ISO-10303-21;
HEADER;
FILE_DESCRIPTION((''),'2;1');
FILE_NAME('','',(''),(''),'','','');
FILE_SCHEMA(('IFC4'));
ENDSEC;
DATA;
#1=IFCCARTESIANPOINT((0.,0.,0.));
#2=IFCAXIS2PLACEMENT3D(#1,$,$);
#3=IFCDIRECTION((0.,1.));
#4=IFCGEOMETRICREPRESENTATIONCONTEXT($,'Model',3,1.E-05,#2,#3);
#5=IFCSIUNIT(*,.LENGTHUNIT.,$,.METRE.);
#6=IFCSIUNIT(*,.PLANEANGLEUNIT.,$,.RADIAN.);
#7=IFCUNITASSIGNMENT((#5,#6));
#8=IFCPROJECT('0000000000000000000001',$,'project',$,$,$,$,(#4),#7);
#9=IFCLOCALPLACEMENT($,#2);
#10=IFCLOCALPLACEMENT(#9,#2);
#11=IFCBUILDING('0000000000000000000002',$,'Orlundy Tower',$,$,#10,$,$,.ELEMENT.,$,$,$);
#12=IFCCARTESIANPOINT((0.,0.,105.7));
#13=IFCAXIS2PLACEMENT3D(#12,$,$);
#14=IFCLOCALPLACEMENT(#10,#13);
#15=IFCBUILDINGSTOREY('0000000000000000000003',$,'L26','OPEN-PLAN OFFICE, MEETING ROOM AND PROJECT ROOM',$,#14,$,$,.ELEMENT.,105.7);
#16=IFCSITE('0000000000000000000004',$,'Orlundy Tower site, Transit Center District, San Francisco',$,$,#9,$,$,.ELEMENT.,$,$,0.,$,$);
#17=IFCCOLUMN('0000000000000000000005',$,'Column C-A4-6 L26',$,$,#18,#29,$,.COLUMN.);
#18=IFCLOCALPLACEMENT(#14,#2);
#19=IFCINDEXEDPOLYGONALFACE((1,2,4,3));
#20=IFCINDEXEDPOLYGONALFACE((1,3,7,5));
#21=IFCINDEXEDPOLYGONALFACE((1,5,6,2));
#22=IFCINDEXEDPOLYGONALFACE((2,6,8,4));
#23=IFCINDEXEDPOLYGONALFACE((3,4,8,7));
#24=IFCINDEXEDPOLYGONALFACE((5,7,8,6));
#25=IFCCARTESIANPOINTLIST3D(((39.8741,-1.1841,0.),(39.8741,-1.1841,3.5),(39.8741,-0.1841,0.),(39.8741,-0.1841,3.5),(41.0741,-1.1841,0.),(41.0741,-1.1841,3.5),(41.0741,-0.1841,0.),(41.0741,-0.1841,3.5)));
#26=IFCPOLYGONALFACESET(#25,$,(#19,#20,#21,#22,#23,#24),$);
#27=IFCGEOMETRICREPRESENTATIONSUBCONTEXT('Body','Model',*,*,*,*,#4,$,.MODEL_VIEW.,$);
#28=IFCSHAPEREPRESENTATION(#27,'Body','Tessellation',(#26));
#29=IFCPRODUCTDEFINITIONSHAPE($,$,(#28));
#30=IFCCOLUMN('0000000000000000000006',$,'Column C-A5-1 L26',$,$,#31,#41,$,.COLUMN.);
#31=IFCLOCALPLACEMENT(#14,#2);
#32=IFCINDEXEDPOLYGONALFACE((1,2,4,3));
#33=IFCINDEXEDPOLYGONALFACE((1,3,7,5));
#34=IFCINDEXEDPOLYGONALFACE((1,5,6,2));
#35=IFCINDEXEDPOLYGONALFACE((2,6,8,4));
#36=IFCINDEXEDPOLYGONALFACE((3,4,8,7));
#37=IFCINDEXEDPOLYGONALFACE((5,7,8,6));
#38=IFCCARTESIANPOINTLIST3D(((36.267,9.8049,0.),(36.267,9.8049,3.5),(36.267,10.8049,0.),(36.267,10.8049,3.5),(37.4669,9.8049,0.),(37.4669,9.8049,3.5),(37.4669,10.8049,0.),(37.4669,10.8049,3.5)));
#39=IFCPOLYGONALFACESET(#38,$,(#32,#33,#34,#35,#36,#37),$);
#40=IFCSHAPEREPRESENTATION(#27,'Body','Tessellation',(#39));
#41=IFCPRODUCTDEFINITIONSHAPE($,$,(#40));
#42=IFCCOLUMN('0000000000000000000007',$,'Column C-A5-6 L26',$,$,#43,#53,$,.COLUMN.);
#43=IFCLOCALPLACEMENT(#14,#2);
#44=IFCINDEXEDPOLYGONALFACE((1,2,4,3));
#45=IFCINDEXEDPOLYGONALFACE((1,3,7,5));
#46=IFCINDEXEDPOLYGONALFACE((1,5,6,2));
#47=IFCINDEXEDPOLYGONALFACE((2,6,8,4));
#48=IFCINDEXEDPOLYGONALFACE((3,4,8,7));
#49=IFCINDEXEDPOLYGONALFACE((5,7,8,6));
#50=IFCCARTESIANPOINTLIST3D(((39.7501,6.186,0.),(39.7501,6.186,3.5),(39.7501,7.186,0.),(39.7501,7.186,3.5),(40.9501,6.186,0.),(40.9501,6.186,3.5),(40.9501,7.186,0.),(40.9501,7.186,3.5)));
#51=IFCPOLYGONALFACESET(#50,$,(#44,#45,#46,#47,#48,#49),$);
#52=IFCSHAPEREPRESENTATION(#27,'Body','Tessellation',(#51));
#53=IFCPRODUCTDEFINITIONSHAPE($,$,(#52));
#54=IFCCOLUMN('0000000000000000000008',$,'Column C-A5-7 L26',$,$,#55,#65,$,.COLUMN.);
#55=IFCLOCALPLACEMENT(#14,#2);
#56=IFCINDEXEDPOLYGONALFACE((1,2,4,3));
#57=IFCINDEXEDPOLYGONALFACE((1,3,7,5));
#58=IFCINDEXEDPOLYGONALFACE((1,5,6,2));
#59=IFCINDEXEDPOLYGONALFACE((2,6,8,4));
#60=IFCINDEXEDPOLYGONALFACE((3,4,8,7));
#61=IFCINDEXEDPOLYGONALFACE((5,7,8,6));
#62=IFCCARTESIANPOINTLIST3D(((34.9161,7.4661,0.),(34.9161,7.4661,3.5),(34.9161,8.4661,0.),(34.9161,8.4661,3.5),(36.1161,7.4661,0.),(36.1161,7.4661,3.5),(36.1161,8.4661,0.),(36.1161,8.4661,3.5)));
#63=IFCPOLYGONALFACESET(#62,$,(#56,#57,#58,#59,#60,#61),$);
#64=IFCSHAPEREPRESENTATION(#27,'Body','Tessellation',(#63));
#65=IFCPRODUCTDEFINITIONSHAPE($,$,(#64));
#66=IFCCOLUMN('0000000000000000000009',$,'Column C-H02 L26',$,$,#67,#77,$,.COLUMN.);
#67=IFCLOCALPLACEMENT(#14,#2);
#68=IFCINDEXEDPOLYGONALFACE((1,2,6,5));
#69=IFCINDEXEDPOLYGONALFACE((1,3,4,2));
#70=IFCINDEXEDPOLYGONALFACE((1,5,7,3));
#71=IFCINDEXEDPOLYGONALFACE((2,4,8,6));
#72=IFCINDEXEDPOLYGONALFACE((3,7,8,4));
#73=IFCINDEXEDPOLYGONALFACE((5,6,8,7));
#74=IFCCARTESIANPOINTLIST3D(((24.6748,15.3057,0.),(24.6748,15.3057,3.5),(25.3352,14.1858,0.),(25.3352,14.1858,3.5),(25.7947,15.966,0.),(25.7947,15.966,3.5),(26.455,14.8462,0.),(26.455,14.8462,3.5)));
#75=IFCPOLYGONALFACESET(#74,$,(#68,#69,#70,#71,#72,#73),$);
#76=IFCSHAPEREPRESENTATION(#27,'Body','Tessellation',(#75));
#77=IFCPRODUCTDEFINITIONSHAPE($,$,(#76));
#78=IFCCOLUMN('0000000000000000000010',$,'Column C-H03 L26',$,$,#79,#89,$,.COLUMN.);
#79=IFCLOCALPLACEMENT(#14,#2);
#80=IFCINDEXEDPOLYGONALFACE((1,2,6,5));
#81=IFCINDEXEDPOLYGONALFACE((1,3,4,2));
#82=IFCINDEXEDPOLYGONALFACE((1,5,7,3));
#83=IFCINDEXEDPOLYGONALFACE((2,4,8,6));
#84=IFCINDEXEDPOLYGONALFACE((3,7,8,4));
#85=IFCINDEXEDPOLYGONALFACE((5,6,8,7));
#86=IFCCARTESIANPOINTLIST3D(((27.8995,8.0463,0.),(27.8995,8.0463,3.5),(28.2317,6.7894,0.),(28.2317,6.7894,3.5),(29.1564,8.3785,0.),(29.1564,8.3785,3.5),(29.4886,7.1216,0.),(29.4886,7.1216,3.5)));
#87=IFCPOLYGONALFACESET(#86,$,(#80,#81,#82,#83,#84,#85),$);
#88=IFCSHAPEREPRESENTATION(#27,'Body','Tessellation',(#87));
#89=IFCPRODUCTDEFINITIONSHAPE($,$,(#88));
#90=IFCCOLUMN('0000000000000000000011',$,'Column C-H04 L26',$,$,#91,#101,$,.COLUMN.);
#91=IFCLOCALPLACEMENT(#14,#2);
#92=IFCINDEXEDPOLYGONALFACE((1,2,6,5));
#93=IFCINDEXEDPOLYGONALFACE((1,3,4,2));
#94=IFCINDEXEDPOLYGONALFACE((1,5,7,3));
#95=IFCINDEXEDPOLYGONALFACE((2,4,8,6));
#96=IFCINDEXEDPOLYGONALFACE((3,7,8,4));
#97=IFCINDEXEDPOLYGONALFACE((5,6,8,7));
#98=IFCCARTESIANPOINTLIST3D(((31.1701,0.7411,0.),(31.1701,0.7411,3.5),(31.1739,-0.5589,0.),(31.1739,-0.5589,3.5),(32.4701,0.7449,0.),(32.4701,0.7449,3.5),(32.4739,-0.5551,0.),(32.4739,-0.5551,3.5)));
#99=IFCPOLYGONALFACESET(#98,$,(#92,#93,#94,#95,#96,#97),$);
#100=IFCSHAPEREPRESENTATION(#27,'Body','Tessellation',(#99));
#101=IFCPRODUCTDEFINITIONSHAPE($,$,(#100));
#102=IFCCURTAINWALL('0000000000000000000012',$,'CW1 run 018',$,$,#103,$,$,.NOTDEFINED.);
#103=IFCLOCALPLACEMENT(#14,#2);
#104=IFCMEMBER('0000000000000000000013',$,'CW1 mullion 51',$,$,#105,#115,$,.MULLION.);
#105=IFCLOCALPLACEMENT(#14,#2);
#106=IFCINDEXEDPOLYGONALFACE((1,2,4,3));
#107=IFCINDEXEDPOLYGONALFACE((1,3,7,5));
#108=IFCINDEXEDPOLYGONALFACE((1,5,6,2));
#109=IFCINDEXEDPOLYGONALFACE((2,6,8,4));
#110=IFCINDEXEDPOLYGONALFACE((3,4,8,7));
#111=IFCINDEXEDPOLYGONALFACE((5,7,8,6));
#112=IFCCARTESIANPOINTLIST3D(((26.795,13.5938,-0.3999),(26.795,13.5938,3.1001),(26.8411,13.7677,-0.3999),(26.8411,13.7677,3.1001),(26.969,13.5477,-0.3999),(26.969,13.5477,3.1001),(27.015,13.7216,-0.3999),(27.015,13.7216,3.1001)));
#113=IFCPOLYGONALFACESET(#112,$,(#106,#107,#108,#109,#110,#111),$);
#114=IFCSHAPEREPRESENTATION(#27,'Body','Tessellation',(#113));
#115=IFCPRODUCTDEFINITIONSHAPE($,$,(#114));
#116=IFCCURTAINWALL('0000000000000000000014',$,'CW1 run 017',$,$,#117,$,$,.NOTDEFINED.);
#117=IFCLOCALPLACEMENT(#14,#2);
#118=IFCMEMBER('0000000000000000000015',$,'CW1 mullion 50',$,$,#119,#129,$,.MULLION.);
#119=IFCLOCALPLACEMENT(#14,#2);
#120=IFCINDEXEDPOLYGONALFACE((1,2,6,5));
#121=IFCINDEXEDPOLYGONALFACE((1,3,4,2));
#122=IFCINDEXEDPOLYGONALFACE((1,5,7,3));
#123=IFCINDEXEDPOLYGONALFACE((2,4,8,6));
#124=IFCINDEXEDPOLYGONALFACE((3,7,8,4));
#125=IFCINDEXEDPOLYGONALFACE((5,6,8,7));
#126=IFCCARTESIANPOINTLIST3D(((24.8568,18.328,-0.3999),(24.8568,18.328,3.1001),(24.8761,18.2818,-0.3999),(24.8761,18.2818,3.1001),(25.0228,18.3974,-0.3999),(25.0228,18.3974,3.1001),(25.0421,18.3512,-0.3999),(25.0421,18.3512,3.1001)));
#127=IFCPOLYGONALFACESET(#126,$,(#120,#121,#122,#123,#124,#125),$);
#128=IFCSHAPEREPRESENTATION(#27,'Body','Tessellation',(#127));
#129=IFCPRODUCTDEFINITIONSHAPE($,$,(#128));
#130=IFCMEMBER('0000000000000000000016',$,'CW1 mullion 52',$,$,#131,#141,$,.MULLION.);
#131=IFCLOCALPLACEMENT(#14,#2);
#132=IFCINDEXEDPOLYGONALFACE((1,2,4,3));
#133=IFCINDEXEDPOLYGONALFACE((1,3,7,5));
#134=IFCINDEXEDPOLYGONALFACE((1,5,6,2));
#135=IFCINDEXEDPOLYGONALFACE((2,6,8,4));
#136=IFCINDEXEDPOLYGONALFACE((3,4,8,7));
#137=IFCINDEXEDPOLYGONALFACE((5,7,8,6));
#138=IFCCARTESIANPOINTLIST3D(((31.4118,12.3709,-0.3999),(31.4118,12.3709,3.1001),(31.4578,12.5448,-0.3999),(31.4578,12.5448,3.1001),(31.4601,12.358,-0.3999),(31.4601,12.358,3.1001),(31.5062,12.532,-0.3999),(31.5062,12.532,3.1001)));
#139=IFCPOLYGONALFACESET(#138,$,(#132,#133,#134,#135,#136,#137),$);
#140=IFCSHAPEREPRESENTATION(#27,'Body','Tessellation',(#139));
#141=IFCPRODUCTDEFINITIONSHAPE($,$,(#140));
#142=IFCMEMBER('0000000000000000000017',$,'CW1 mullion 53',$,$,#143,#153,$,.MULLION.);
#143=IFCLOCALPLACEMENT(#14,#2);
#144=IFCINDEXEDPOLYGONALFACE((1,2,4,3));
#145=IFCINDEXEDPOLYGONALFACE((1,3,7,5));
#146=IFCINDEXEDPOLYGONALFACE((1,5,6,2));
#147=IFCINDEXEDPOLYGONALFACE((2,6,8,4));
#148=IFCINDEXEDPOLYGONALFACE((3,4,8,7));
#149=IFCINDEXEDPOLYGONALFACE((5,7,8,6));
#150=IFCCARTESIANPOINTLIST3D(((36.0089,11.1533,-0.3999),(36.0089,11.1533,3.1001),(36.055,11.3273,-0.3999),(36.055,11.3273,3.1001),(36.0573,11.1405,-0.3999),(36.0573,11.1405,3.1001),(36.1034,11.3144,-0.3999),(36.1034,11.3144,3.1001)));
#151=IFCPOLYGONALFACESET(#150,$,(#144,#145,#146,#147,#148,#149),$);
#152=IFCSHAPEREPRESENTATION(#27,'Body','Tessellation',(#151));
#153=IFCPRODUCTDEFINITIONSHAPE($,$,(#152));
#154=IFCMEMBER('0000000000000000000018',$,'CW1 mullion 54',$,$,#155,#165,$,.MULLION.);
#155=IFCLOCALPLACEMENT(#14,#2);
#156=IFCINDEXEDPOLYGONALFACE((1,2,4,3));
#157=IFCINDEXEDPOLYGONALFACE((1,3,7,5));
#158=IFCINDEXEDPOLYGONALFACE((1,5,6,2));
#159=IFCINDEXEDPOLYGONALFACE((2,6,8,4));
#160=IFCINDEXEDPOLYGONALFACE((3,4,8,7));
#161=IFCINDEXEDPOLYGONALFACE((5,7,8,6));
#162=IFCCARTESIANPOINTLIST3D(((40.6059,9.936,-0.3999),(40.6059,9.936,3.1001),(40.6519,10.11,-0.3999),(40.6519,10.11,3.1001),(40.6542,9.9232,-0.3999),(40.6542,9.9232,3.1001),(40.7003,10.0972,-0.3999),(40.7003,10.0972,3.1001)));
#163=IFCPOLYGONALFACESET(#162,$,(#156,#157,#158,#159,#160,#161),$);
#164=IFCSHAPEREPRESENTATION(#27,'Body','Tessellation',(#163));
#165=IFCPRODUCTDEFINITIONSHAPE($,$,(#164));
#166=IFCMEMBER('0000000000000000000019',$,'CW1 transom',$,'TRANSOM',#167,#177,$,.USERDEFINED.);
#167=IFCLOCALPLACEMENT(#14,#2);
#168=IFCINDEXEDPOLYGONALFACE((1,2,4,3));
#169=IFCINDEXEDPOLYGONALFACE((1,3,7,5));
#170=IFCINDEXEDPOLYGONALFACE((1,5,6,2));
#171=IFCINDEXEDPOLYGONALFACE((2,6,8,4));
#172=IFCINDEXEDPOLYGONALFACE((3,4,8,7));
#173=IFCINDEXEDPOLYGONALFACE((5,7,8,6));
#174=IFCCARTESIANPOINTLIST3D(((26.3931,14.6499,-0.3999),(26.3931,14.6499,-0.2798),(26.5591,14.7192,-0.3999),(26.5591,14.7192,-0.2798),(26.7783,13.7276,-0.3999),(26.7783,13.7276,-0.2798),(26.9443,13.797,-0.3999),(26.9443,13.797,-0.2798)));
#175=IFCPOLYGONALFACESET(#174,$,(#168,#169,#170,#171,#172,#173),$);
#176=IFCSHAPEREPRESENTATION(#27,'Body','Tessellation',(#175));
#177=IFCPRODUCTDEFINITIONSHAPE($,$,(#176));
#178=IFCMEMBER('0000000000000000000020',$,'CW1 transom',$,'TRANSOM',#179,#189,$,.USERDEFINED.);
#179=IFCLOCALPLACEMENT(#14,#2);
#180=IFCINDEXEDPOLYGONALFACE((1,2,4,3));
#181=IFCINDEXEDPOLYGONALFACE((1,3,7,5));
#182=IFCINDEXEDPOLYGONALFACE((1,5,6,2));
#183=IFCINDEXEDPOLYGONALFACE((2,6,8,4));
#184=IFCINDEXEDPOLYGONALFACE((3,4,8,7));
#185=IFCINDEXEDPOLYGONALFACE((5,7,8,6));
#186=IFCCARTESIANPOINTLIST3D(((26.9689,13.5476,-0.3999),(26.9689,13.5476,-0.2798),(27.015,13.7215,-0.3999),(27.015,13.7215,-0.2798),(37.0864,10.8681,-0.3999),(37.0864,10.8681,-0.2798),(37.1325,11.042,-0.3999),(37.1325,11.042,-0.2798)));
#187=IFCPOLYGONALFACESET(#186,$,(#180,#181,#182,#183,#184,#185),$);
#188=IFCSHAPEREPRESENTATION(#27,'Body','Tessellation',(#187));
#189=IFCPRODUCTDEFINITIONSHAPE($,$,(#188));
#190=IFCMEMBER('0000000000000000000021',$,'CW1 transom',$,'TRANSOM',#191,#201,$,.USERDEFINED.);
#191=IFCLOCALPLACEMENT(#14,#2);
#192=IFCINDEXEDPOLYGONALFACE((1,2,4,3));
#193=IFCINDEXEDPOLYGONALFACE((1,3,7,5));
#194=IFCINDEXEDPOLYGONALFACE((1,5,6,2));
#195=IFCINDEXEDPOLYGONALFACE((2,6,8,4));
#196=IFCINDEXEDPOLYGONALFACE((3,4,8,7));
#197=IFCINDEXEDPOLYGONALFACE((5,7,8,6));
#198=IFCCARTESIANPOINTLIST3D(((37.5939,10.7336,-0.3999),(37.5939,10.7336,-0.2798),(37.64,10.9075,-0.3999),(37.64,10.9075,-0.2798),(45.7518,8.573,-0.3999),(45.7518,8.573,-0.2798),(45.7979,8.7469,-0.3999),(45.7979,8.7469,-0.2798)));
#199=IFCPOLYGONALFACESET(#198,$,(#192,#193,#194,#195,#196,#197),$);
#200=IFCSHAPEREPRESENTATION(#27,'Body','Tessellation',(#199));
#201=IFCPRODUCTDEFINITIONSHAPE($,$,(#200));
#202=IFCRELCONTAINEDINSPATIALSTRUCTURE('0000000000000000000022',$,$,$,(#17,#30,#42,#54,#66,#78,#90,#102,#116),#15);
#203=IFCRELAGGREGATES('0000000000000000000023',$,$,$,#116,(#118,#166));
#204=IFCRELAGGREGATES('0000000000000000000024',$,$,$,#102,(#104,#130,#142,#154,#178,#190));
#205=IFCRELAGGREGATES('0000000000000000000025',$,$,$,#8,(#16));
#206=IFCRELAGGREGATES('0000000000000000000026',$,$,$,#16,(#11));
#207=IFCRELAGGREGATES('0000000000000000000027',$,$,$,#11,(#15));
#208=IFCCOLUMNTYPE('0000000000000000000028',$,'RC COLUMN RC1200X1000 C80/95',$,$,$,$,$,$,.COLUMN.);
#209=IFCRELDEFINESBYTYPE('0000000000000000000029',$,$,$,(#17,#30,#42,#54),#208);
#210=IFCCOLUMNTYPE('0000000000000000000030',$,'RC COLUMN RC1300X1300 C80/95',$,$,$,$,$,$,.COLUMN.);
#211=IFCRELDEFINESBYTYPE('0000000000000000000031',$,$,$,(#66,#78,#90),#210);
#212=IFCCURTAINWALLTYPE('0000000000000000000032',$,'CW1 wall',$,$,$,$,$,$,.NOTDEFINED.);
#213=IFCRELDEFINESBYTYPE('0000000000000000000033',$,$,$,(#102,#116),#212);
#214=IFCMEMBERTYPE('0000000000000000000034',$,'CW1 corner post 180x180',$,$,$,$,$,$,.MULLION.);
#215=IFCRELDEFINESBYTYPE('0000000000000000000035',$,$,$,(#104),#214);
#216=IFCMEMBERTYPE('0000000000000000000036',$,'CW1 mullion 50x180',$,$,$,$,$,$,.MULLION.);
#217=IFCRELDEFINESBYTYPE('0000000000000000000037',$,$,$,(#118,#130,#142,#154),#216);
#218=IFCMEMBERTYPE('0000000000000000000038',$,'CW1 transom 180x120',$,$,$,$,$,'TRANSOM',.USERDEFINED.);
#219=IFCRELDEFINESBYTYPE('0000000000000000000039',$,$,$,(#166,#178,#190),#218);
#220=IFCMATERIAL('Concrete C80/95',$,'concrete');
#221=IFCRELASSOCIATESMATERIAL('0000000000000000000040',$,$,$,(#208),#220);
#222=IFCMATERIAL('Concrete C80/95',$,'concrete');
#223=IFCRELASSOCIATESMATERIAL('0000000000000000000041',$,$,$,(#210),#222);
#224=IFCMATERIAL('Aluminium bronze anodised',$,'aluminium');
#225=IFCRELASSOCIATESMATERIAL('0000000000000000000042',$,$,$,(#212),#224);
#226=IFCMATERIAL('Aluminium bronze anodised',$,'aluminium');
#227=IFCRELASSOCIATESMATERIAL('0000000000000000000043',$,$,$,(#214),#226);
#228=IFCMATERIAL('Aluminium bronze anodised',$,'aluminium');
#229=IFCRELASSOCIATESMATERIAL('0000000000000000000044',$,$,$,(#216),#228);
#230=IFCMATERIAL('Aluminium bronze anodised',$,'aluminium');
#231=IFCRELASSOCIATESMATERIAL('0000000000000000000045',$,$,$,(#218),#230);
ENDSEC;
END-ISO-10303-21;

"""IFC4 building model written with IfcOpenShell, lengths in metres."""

from ifc_helpers import new_model, si_unit, direction, frame, origin, origin_2d, place, context, subcontext, project, spatial, rectangle, extrude, material, material_profile, profile_set, type_object, element, aggregate, save


model = new_model("IFC4")

# Units and contexts
model_context = context("Model", 3, precision=1e-05, world=origin(), true_north=direction((0.0, 1.0)))
body_context = subcontext(model_context, "Body", "Model", "MODEL_VIEW")
ifc_project = project(units=[si_unit("LENGTHUNIT", "METRE"), si_unit("PLANEANGLEUNIT", "RADIAN")], contexts=[model_context])

# Site, building, storey
site_placement = place(None, origin())
site = spatial("IfcSite", under=ifc_project, at=site_placement, Name="Orlundy Tower site, Transit Center District, San Francisco", CompositionType="ELEMENT", RefElevation=0.0)
building_placement = place(site_placement, origin())
building = spatial("IfcBuilding", under=site, at=building_placement, Name="Orlundy Tower", CompositionType="ELEMENT")
storey_placement = place(building_placement, frame((0.0, 0.0, 105.7)))
storey = spatial("IfcBuildingStorey", under=building, at=storey_placement, Name="L26", Description="OPEN-PLAN OFFICE, MEETING ROOM AND PROJECT ROOM", CompositionType="ELEMENT", Elevation=105.7)

# Columns
ifc_material_1 = material(Name="Concrete C80/95", Category="concrete")
ifc_material_profile_1 = material_profile(ifc_material_1, rectangle(XDim=1.2, YDim=1.0, at=origin_2d()), Name="RC1200X1000")
ifc_profile_set_1 = profile_set([ifc_material_profile_1], Name="Concrete C80/95")
column_type_1 = type_object("IfcColumnType", Name="RC COLUMN RC1200X1000 C80/95", PredefinedType="COLUMN", material=ifc_profile_set_1)
for number, where, z_axis, x_axis, name in (
    (1, (40.4741, -0.6841, 0.0), (0.0, 0.0, 1.0), (1.0, 0.0, 0.0), "Column C-A4-6 L26"),
    (2, (36.8669, 10.3049, 0.0), (0.0, 0.0, 1.0), (1.0, 0.0, 0.0), "Column C-A5-1 L26"),
    (3, (40.3501, 6.686, 0.0), (0.0, 0.0, 1.0), (1.0, 0.0, 0.0), "Column C-A5-6 L26"),
    (4, (35.5161, 7.9661, 0.0), (0.0, 0.0, 1.0), (1.0, 0.0, 0.0), "Column C-A5-7 L26"),
):
    element("IfcColumn", number, at=place(storey_placement, frame(where, z_axis=z_axis, x_axis=x_axis)), inside=storey, type_object=column_type_1, Name=name, PredefinedType="COLUMN", context=body_context, shape_type="SweptSolid", body=[
        extrude(rectangle(XDim=1.2, YDim=1.0, at=origin_2d()), origin(), (0.0, 0.0, 1.0), 3.5),
    ])
ifc_material_2 = material(Name="Concrete C80/95", Category="concrete")
ifc_material_profile_2 = material_profile(ifc_material_2, rectangle(XDim=1.3, YDim=1.3, at=origin_2d()), Name="RC1300X1300")
ifc_profile_set_2 = profile_set([ifc_material_profile_2], Name="Concrete C80/95")
column_type_2 = type_object("IfcColumnType", Name="RC COLUMN RC1300X1300 C80/95", PredefinedType="COLUMN", material=ifc_profile_set_2)
for number, where, z_axis, x_axis, name in (
    (5, (25.5649, 15.0759, 0.0), (0.0, 0.0, 1.0), (0.861381, 0.507959, 0.0), "Column C-H02 L26"),
    (6, (28.6941, 7.584, 0.0), (0.0, 0.0, 1.0), (0.966801, 0.25553, 0.0), "Column C-H03 L26"),
    (7, (31.822, 0.093, 0.0), (0.0, 0.0, 1.0), (0.999996, 0.002915, 0.0), "Column C-H04 L26"),
):
    element("IfcColumn", number, at=place(storey_placement, frame(where, z_axis=z_axis, x_axis=x_axis)), inside=storey, type_object=column_type_2, Name=name, PredefinedType="COLUMN", context=body_context, shape_type="SweptSolid", body=[
        extrude(rectangle(XDim=1.3, YDim=1.3, at=origin_2d()), origin(), (0.0, 0.0, 1.0), 3.5),
    ])

# Curtain walls, members
ifc_material_3 = material(Name="Aluminium bronze anodised", Category="aluminium")
curtain_wall_type = type_object("IfcCurtainWallType", Name="CW1 wall", PredefinedType="NOTDEFINED", material=ifc_material_3)
curtain_wall_1_placement = place(storey_placement, origin())
curtain_wall_1 = element("IfcCurtainWall", 8, at=curtain_wall_1_placement, inside=storey, type_object=curtain_wall_type, Name="CW1 run 018", PredefinedType="NOTDEFINED")
ifc_material_4 = material(Name="Aluminium bronze anodised", Category="aluminium")
ifc_material_profile_3 = material_profile(ifc_material_4, rectangle(XDim=0.1799, YDim=0.1799, at=origin_2d()), Name="CW1 corner post 180x180")
ifc_profile_set_3 = profile_set([ifc_material_profile_3], Name="Aluminium bronze anodised")
member_type_1 = type_object("IfcMemberType", Name="CW1 corner post 180x180", PredefinedType="MULLION", material=ifc_profile_set_3)
member_1_placement = place(storey_placement, frame((26.905, 13.6577, -0.3999), z_axis=(0.0, 0.0, 1.0), x_axis=(0.25602, 0.966672, 0.0)))
member_1 = element("IfcMember", 9, at=member_1_placement, type_object=member_type_1, Name="CW1 mullion 51", PredefinedType="MULLION", context=body_context, shape_type="SweptSolid", body=[
    extrude(rectangle(XDim=0.1799, YDim=0.1799, at=origin_2d()), origin(), (0.0, 0.0, 1.0), 3.5),
])
curtain_wall_2_placement = place(storey_placement, origin())
curtain_wall_2 = element("IfcCurtainWall", 10, at=curtain_wall_2_placement, inside=storey, type_object=curtain_wall_type, Name="CW1 run 017", PredefinedType="NOTDEFINED")
ifc_material_5 = material(Name="Aluminium bronze anodised", Category="aluminium")
ifc_material_profile_4 = material_profile(ifc_material_5, rectangle(XDim=0.1799, YDim=0.05, at=origin_2d()), Name="CW1 mullion 50x180")
ifc_profile_set_4 = profile_set([ifc_material_profile_4], Name="Aluminium bronze anodised")
member_type_2 = type_object("IfcMemberType", Name="CW1 mullion 50x180", PredefinedType="MULLION", material=ifc_profile_set_4)
member_2_placement = place(storey_placement, frame((24.9495, 18.3396, -0.3999), z_axis=(0.0, 0.0, 1.0), x_axis=(0.922759, 0.385378, 0.0)))
member_2 = element("IfcMember", 11, at=member_2_placement, type_object=member_type_2, Name="CW1 mullion 50", PredefinedType="MULLION", context=body_context, shape_type="SweptSolid", body=[
    extrude(rectangle(XDim=0.1799, YDim=0.05, at=origin_2d()), origin(), (0.0, 0.0, 1.0), 3.5),
])

# Members
member_3_placement = place(storey_placement, frame((31.459, 12.4514, -0.3999), z_axis=(0.0, 0.0, 1.0), x_axis=(0.25602, 0.966672, 0.0)))
member_3 = element("IfcMember", 12, at=member_3_placement, type_object=member_type_2, Name="CW1 mullion 52", PredefinedType="MULLION", context=body_context, shape_type="SweptSolid", body=[
    extrude(rectangle(XDim=0.1799, YDim=0.05, at=origin_2d()), origin(), (0.0, 0.0, 1.0), 3.5),
])
member_4_placement = place(storey_placement, frame((36.0562, 11.2339, -0.3999), z_axis=(0.0, 0.0, 1.0), x_axis=(0.25602, 0.966672, 0.0)))
member_4 = element("IfcMember", 13, at=member_4_placement, type_object=member_type_2, Name="CW1 mullion 53", PredefinedType="MULLION", context=body_context, shape_type="SweptSolid", body=[
    extrude(rectangle(XDim=0.1799, YDim=0.05, at=origin_2d()), origin(), (0.0, 0.0, 1.0), 3.5),
])
member_5_placement = place(storey_placement, frame((40.6531, 10.0166, -0.3999), z_axis=(0.0, 0.0, 1.0), x_axis=(0.25602, 0.966672, 0.0)))
member_5 = element("IfcMember", 14, at=member_5_placement, type_object=member_type_2, Name="CW1 mullion 54", PredefinedType="MULLION", context=body_context, shape_type="SweptSolid", body=[
    extrude(rectangle(XDim=0.1799, YDim=0.05, at=origin_2d()), origin(), (0.0, 0.0, 1.0), 3.5),
])
ifc_material_6 = material(Name="Aluminium bronze anodised", Category="aluminium")
ifc_material_profile_5 = material_profile(ifc_material_6, rectangle(XDim=0.1799, YDim=0.1201, at=origin_2d()), Name="CW1 transom 180x120")
ifc_profile_set_5 = profile_set([ifc_material_profile_5], Name="Aluminium bronze anodised")
member_type_3 = type_object("IfcMemberType", Name="CW1 transom 180x120", ElementType="TRANSOM", PredefinedType="USERDEFINED", material=ifc_profile_set_5)
member_6_placement = place(storey_placement, frame((26.4761, 14.6846, -0.3398), z_axis=(0.385413, -0.922744, 0.0), x_axis=(0.922744, 0.385413, 0.0)))
member_6 = element("IfcMember", 15, at=member_6_placement, type_object=member_type_3, Name="CW1 transom", ObjectType="TRANSOM", PredefinedType="USERDEFINED", context=body_context, shape_type="SweptSolid", body=[
    extrude(rectangle(XDim=0.1799, YDim=0.1201, at=origin_2d()), origin(), (0.0, 0.0, 1.0), 0.9995),
])
member_7_placement = place(storey_placement, frame((26.9919, 13.6345, -0.3398), z_axis=(0.966675, -0.256009, 0.0), x_axis=(0.256009, 0.966675, 0.0)))
member_7 = element("IfcMember", 16, at=member_7_placement, type_object=member_type_3, Name="CW1 transom", ObjectType="TRANSOM", PredefinedType="USERDEFINED", context=body_context, shape_type="SweptSolid", body=[
    extrude(rectangle(XDim=0.1799, YDim=0.1201, at=origin_2d()), origin(), (0.0, 0.0, 1.0), 10.4663),
])
member_8_placement = place(storey_placement, frame((37.6169, 10.8206, -0.3398), z_axis=(0.96667, -0.256024, 0.0), x_axis=(0.256024, 0.96667, 0.0)))
member_8 = element("IfcMember", 17, at=member_8_placement, type_object=member_type_3, Name="CW1 transom", ObjectType="TRANSOM", PredefinedType="USERDEFINED", context=body_context, shape_type="SweptSolid", body=[
    extrude(rectangle(XDim=0.1799, YDim=0.1201, at=origin_2d()), origin(), (0.0, 0.0, 1.0), 8.4392),
])

aggregate(curtain_wall_2, [member_2, member_6])
aggregate(curtain_wall_1, [member_1, member_3, member_4, member_5, member_7, member_8])

save(model, "model.ifc")
